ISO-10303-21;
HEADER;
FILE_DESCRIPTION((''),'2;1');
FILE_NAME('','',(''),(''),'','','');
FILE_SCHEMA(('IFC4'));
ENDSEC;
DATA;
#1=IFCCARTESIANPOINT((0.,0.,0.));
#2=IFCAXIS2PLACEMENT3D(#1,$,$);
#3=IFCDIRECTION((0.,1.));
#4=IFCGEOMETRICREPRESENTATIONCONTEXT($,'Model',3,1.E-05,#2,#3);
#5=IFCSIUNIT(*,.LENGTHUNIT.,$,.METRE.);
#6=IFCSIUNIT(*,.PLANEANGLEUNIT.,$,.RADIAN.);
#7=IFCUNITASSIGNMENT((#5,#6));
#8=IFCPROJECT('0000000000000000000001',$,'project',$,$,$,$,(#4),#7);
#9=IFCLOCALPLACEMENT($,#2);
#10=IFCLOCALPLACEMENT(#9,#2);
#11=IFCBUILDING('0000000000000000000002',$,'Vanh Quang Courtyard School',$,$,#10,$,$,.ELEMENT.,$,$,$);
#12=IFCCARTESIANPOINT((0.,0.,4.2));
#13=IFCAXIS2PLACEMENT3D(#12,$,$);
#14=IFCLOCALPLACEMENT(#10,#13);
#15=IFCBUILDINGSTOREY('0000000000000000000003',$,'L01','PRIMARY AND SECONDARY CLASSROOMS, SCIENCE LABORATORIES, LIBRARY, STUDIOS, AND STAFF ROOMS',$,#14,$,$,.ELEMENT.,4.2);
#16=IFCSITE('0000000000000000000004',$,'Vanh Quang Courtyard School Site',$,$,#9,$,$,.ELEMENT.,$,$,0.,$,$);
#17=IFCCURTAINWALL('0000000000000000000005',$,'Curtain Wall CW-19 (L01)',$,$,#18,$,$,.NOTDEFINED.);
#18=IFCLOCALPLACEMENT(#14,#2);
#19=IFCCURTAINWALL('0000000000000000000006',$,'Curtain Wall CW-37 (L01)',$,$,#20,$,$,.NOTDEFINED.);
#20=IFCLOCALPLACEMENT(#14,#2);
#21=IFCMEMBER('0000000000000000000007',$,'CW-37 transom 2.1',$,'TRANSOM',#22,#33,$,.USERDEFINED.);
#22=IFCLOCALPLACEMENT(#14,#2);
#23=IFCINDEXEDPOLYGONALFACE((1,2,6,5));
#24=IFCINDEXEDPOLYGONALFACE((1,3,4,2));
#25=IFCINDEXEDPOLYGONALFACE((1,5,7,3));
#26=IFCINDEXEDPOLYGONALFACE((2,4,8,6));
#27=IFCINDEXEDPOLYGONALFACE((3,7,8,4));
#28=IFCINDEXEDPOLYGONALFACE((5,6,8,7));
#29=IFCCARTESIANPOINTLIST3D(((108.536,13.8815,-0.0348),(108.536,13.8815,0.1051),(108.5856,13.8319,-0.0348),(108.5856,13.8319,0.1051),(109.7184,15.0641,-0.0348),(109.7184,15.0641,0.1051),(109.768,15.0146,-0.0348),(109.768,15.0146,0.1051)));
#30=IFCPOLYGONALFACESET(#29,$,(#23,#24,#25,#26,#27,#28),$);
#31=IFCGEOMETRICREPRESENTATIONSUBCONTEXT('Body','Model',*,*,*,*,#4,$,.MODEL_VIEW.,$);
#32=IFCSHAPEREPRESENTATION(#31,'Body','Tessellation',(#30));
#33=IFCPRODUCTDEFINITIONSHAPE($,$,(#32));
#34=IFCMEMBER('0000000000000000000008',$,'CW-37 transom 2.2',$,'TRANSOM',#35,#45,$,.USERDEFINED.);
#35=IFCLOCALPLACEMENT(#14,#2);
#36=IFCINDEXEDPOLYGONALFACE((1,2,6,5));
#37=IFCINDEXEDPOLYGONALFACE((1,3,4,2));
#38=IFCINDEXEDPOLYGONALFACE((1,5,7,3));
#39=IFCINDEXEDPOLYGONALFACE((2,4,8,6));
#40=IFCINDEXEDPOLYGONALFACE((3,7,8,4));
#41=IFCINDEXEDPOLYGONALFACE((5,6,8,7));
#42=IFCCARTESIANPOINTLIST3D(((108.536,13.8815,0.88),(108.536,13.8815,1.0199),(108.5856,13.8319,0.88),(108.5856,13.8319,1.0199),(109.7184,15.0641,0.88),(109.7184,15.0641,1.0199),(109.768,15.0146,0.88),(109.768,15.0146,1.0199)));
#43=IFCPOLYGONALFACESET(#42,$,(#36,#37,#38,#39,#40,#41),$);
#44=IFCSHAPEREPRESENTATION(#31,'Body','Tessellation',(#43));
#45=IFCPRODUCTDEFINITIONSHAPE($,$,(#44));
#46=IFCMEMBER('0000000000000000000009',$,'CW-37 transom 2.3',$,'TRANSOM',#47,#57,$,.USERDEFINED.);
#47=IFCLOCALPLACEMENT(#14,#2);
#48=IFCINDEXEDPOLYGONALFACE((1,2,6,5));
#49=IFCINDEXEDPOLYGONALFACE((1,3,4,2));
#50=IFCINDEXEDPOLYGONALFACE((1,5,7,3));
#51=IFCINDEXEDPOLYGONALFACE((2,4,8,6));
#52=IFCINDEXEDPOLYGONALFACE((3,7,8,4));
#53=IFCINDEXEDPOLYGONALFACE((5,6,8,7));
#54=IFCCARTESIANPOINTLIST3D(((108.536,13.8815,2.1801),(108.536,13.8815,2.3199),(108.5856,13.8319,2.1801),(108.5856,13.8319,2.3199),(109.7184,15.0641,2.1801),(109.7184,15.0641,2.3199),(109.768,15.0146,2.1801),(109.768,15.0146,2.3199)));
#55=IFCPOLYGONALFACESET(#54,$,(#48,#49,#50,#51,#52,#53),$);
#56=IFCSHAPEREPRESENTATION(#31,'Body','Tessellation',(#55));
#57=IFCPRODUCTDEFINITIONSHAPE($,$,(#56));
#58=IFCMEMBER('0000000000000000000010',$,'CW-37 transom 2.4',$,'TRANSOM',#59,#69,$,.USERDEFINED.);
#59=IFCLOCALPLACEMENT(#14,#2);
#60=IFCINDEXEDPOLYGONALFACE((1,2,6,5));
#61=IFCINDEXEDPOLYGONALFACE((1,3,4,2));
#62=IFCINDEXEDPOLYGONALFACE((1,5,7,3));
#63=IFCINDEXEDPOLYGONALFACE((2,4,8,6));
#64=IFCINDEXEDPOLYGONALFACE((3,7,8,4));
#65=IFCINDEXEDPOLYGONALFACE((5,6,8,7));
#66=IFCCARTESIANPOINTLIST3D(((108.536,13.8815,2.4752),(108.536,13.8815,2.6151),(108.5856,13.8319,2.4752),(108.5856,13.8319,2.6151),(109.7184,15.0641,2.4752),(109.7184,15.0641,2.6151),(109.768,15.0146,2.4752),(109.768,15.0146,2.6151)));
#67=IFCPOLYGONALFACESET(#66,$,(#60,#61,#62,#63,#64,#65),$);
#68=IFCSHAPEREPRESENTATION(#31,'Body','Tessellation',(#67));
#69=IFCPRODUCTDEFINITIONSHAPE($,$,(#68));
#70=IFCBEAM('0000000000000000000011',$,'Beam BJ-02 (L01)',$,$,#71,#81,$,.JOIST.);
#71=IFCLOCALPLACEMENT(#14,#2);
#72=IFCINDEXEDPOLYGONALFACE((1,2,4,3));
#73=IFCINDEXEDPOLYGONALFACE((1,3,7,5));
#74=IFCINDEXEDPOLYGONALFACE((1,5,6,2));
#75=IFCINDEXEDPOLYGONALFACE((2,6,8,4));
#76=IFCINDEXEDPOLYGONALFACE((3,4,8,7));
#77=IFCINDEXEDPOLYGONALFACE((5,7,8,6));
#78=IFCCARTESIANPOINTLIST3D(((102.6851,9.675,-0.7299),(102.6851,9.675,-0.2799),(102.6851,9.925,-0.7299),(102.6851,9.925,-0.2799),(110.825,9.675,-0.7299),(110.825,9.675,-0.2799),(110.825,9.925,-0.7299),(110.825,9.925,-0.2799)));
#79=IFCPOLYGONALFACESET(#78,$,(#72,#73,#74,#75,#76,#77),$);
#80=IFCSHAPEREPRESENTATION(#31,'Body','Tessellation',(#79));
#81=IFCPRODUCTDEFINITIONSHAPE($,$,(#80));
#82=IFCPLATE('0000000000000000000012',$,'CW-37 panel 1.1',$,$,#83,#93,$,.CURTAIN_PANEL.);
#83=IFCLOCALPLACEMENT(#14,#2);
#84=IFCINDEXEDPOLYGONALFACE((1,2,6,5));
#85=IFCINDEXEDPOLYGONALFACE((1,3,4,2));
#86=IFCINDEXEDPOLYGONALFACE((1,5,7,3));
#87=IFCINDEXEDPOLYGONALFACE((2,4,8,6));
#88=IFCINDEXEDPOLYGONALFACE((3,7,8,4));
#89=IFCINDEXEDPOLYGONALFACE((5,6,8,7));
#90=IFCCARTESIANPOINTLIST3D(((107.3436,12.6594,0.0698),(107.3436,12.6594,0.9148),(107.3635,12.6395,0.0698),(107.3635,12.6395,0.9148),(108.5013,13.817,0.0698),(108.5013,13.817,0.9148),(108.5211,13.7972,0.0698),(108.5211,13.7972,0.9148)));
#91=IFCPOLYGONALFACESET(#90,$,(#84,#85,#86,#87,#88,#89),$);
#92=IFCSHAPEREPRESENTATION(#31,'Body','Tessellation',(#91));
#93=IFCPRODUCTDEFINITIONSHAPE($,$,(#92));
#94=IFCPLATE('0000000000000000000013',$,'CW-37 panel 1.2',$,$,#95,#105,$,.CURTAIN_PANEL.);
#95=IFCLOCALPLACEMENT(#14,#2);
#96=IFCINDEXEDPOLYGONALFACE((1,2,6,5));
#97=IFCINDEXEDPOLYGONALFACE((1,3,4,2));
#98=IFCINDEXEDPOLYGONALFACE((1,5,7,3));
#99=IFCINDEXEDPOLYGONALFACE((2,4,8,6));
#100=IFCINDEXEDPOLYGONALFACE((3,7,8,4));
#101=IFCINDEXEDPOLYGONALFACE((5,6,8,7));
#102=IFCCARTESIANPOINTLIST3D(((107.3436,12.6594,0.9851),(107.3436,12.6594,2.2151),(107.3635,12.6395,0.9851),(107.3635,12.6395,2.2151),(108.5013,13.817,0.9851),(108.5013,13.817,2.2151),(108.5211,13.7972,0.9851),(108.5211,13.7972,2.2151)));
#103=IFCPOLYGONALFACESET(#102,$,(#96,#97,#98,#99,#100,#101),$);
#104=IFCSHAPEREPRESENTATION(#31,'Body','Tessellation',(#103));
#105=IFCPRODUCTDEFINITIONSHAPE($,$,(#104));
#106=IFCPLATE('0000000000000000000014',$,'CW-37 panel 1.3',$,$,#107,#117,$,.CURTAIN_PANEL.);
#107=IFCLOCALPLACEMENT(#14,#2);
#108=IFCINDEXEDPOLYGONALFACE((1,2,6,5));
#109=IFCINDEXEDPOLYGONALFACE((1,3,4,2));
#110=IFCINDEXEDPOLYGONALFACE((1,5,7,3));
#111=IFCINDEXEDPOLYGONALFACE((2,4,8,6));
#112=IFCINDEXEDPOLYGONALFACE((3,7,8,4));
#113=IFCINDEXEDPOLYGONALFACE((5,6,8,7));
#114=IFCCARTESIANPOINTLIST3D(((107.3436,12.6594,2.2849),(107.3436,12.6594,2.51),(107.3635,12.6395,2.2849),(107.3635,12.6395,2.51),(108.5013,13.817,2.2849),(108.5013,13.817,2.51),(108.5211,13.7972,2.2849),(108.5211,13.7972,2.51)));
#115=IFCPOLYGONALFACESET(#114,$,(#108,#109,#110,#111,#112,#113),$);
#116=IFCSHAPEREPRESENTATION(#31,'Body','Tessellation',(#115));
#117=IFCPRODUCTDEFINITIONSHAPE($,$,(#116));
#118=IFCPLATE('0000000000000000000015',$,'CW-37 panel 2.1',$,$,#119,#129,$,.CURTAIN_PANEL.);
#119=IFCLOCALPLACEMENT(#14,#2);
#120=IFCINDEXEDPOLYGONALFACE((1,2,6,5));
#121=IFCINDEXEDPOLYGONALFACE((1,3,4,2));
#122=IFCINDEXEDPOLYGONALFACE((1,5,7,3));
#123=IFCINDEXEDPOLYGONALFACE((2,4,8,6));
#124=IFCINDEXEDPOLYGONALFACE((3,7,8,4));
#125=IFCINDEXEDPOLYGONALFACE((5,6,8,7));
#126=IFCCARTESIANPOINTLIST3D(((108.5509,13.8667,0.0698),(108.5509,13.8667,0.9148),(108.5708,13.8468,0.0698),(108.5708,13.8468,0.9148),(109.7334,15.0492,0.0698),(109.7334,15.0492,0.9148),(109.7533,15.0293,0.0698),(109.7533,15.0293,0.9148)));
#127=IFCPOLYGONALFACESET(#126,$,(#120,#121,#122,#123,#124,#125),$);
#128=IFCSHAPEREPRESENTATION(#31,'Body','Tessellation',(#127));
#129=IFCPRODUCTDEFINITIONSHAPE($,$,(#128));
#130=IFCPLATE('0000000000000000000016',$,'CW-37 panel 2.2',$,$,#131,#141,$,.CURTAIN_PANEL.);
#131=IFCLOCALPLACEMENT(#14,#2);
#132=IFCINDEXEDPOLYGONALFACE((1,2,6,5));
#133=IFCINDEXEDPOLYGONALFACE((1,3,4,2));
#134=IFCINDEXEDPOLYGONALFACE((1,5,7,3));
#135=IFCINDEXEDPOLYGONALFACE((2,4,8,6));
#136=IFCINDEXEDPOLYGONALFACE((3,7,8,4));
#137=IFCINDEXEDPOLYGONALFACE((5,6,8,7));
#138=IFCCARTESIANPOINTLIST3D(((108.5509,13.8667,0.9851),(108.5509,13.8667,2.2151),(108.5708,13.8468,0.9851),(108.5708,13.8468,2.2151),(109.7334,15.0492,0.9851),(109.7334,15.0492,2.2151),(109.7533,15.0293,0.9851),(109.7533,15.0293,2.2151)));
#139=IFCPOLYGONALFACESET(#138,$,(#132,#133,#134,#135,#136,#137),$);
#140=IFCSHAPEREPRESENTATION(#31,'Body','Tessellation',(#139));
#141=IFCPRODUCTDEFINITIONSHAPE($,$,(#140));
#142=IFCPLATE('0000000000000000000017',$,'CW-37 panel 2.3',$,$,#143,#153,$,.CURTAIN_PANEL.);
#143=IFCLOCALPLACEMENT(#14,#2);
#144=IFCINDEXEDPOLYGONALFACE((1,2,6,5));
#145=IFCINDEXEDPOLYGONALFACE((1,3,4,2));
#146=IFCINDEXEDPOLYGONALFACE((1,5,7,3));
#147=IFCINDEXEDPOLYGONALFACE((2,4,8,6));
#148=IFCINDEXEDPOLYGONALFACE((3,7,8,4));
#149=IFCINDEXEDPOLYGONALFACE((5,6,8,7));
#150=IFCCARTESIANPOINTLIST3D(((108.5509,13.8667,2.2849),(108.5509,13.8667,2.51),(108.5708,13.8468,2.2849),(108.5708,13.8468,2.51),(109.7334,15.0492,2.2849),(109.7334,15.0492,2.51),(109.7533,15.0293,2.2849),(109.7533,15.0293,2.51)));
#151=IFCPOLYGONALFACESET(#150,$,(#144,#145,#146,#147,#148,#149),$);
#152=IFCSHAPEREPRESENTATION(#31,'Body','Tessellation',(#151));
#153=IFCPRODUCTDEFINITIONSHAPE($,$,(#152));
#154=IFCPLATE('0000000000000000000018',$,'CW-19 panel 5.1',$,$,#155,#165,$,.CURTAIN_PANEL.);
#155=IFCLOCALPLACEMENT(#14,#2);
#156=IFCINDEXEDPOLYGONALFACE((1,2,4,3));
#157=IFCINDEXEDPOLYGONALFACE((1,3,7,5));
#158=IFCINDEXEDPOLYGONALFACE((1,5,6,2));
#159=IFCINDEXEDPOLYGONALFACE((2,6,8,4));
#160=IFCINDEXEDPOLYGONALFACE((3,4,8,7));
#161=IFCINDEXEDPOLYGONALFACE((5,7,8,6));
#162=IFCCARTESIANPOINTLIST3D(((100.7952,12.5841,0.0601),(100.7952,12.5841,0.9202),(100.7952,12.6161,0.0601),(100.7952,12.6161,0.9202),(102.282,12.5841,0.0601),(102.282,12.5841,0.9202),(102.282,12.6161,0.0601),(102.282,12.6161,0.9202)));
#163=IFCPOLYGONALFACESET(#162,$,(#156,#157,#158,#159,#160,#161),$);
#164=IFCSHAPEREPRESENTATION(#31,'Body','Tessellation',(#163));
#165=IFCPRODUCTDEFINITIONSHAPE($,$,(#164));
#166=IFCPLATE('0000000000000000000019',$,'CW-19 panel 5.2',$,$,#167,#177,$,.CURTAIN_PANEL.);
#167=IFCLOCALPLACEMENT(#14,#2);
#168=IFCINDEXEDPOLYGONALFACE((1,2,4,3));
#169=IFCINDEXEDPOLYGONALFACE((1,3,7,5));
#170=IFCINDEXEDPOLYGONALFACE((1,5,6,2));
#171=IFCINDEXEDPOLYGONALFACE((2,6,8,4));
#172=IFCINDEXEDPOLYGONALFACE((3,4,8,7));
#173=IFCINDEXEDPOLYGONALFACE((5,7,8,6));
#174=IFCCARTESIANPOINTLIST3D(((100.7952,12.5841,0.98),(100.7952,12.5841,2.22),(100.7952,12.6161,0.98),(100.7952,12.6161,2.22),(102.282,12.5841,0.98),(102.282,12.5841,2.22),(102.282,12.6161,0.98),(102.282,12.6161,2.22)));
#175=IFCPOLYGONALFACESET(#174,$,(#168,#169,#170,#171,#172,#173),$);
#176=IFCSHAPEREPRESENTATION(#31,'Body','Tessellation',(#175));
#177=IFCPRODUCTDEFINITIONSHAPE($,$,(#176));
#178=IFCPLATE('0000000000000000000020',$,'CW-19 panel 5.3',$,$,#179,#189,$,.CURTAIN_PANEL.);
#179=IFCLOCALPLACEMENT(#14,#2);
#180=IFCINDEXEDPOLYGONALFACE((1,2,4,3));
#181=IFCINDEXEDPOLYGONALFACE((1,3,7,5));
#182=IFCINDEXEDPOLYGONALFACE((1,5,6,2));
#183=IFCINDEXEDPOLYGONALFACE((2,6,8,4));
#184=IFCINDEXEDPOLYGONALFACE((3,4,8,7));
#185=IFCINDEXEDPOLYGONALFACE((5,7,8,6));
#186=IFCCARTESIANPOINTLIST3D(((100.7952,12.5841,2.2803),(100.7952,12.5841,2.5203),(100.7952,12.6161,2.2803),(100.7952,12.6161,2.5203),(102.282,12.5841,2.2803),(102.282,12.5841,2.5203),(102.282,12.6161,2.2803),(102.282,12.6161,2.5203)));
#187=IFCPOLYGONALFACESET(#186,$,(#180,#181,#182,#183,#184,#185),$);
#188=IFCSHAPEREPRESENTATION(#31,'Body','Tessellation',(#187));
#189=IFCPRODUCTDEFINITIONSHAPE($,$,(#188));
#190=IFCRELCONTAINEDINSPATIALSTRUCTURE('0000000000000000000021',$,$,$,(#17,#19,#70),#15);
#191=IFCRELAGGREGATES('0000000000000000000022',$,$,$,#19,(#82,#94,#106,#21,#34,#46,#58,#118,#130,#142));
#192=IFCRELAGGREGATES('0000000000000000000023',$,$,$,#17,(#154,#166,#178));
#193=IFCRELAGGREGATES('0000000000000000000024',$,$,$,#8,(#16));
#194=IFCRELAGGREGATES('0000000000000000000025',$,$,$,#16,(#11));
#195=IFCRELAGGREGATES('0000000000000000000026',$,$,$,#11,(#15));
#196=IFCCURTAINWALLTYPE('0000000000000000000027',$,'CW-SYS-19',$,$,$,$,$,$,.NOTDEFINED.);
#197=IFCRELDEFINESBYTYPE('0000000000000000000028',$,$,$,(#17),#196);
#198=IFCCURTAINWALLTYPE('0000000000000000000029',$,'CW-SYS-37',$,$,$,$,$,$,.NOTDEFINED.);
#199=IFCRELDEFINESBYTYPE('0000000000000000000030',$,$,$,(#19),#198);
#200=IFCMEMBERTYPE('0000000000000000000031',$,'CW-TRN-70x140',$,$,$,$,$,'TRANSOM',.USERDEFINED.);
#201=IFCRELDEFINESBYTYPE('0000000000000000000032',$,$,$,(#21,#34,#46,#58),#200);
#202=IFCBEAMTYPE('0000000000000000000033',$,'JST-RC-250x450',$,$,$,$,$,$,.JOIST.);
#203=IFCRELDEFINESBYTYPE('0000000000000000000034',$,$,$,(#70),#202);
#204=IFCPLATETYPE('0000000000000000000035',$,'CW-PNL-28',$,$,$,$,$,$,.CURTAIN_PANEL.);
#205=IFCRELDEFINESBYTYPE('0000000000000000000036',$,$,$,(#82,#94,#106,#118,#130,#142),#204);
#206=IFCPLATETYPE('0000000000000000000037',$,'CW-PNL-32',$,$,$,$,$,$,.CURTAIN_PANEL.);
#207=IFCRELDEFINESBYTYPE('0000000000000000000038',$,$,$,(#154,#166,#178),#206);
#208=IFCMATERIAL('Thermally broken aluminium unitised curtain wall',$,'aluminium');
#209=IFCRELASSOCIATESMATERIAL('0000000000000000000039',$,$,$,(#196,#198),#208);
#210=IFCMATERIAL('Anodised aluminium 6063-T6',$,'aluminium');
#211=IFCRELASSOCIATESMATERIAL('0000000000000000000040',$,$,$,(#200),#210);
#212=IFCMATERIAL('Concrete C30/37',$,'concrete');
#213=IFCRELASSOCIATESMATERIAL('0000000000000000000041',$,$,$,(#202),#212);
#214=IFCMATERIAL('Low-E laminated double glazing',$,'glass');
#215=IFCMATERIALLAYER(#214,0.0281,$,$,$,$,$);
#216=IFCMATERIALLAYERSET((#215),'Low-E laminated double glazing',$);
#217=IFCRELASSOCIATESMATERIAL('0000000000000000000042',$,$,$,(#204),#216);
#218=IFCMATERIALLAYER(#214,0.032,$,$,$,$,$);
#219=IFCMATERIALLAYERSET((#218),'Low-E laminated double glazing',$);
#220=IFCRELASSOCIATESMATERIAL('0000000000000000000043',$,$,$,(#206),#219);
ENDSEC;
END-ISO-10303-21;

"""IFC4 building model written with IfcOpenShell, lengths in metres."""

from ifc_helpers import new_model, si_unit, direction, frame, origin, origin_2d, place, context, subcontext, project, spatial, rectangle, extrude, material, layer, layer_set, material_profile, profile_set, type_object, element, aggregate, save


model = new_model("IFC4")

# Units and contexts
model_context = context("Model", 3, precision=1e-05, world=origin(), true_north=direction((0.0, 1.0)))
body_context = subcontext(model_context, "Body", "Model", "MODEL_VIEW")
ifc_project = project(units=[si_unit("LENGTHUNIT", "METRE"), si_unit("PLANEANGLEUNIT", "RADIAN")], contexts=[model_context])

# Site, building, storey
site_placement = place(None, origin())
site = spatial("IfcSite", under=ifc_project, at=site_placement, Name="Vanh Quang Courtyard School Site", CompositionType="ELEMENT", RefElevation=0.0)
building_placement = place(site_placement, origin())
building = spatial("IfcBuilding", under=site, at=building_placement, Name="Vanh Quang Courtyard School", CompositionType="ELEMENT")
storey_placement = place(building_placement, frame((0.0, 0.0, 4.2)))
storey = spatial("IfcBuildingStorey", under=building, at=storey_placement, Name="L01", Description="PRIMARY AND SECONDARY CLASSROOMS, SCIENCE LABORATORIES, LIBRARY, STUDIOS, AND STAFF ROOMS", CompositionType="ELEMENT", Elevation=4.2)

# Curtain wall
ifc_material_1 = material(Name="Thermally broken aluminium unitised curtain wall", Category="aluminium")
curtain_wall_type_1 = type_object("IfcCurtainWallType", Name="CW-SYS-19", PredefinedType="NOTDEFINED", material=ifc_material_1)
curtain_wall_1_placement = place(storey_placement, origin())
curtain_wall_1 = element("IfcCurtainWall", 1, at=curtain_wall_1_placement, inside=storey, type_object=curtain_wall_type_1, Name="Curtain Wall CW-19 (L01)", PredefinedType="NOTDEFINED")
ifc_material_2 = material(Name="Anodised aluminium 6063-T6", Category="aluminium")

# Curtain wall
curtain_wall_type_2 = type_object("IfcCurtainWallType", Name="CW-SYS-37", PredefinedType="NOTDEFINED", material=ifc_material_1)
curtain_wall_2_placement = place(storey_placement, origin())
curtain_wall_2 = element("IfcCurtainWall", 2, at=curtain_wall_2_placement, inside=storey, type_object=curtain_wall_type_2, Name="Curtain Wall CW-37 (L01)", PredefinedType="NOTDEFINED")

# Members
ifc_material_profile_1 = material_profile(ifc_material_2, rectangle(XDim=0.0701, YDim=0.1399, at=origin_2d()), Name="ALU-TRN 70x140")
ifc_profile_set_1 = profile_set([ifc_material_profile_1], Name="Anodised aluminium 6063-T6")
member_type_1 = type_object("IfcMemberType", Name="CW-TRN-70x140", ElementType="TRANSOM", PredefinedType="USERDEFINED", material=ifc_profile_set_1)
member_1_placement = place(storey_placement, frame((108.5608, 13.8567, 0.0352), z_axis=(0.707034, 0.70718, 0.0), x_axis=(-0.70718, 0.707034, 0.0)))
member_1 = element("IfcMember", 3, at=member_1_placement, type_object=member_type_1, Name="CW-37 transom 2.1", ObjectType="TRANSOM", PredefinedType="USERDEFINED", context=body_context, shape_type="SweptSolid", body=[
    extrude(rectangle(XDim=0.0701, YDim=0.1399, at=origin_2d()), origin(), (0.0, 0.0, 1.0), 1.6724),
])
member_2_placement = place(storey_placement, frame((108.5608, 13.8567, 0.95), z_axis=(0.707034, 0.70718, 0.0), x_axis=(-0.70718, 0.707034, 0.0)))
member_2 = element("IfcMember", 4, at=member_2_placement, type_object=member_type_1, Name="CW-37 transom 2.2", ObjectType="TRANSOM", PredefinedType="USERDEFINED", context=body_context, shape_type="SweptSolid", body=[
    extrude(rectangle(XDim=0.0701, YDim=0.1399, at=origin_2d()), origin(), (0.0, 0.0, 1.0), 1.6724),
])
member_3_placement = place(storey_placement, frame((108.5608, 13.8567, 2.25), z_axis=(0.707034, 0.70718, 0.0), x_axis=(-0.70718, 0.707034, 0.0)))
member_3 = element("IfcMember", 5, at=member_3_placement, type_object=member_type_1, Name="CW-37 transom 2.3", ObjectType="TRANSOM", PredefinedType="USERDEFINED", context=body_context, shape_type="SweptSolid", body=[
    extrude(rectangle(XDim=0.0701, YDim=0.1399, at=origin_2d()), origin(), (0.0, 0.0, 1.0), 1.6724),
])
member_4_placement = place(storey_placement, frame((108.5608, 13.8567, 2.5452), z_axis=(0.707034, 0.70718, 0.0), x_axis=(-0.70718, 0.707034, 0.0)))
member_4 = element("IfcMember", 6, at=member_4_placement, type_object=member_type_1, Name="CW-37 transom 2.4", ObjectType="TRANSOM", PredefinedType="USERDEFINED", context=body_context, shape_type="SweptSolid", body=[
    extrude(rectangle(XDim=0.0701, YDim=0.1399, at=origin_2d()), origin(), (0.0, 0.0, 1.0), 1.6724),
])

# Beam
ifc_material_3 = material(Name="Concrete C30/37", Category="concrete")
ifc_material_profile_2 = material_profile(ifc_material_3, rectangle(XDim=0.25, YDim=0.45, at=origin_2d()), Name="RC-JST 250x450")
ifc_profile_set_2 = profile_set([ifc_material_profile_2], Name="Concrete C30/37")
beam_type_1 = type_object("IfcBeamType", Name="JST-RC-250x450", PredefinedType="JOIST", material=ifc_profile_set_2)
beam_1_placement = place(storey_placement, frame((102.6851, 9.8, -0.5049), z_axis=(1.0, 0.0, 0.0), x_axis=(0.0, 1.0, 0.0)))
element("IfcBeam", 7, at=beam_1_placement, inside=storey, type_object=beam_type_1, Name="Beam BJ-02 (L01)", PredefinedType="JOIST", context=body_context, shape_type="SweptSolid", body=[
    extrude(rectangle(XDim=0.25, YDim=0.45, at=origin_2d()), origin(), (0.0, 0.0, 1.0), 8.1399),
])

# Plates
ifc_material_4 = material(Name="Low-E laminated double glazing", Category="glass")
ifc_layer_1 = layer(ifc_material_4, 0.0281)
ifc_layer_set_1 = layer_set([ifc_layer_1], Name="Low-E laminated double glazing")
plate_type_1 = type_object("IfcPlateType", Name="CW-PNL-28", PredefinedType="CURTAIN_PANEL", material=ifc_layer_set_1)
plate_1_placement = place(storey_placement, frame((107.9324, 13.2283, 0.0698), z_axis=(0.0, 0.0, 1.0), x_axis=(0.707107, 0.707107, 0.0)))
plate_1 = element("IfcPlate", 8, at=plate_1_placement, type_object=plate_type_1, Name="CW-37 panel 1.1", PredefinedType="CURTAIN_PANEL", context=body_context, shape_type="SweptSolid", body=[
    extrude(rectangle(XDim=1.6372, YDim=0.0281, at=origin_2d()), origin(), (0.0, 0.0, 1.0), 0.845),
])
plate_2_placement = place(storey_placement, frame((107.9324, 13.2283, 0.9851), z_axis=(0.0, 0.0, 1.0), x_axis=(0.707107, 0.707107, 0.0)))
plate_2 = element("IfcPlate", 9, at=plate_2_placement, type_object=plate_type_1, Name="CW-37 panel 1.2", PredefinedType="CURTAIN_PANEL", context=body_context, shape_type="SweptSolid", body=[
    extrude(rectangle(XDim=1.6372, YDim=0.0281, at=origin_2d()), origin(), (0.0, 0.0, 1.0), 1.23),
])
plate_3_placement = place(storey_placement, frame((107.9324, 13.2283, 2.2849), z_axis=(0.0, 0.0, 1.0), x_axis=(0.707107, 0.707107, 0.0)))
plate_3 = element("IfcPlate", 10, at=plate_3_placement, type_object=plate_type_1, Name="CW-37 panel 1.3", PredefinedType="CURTAIN_PANEL", context=body_context, shape_type="SweptSolid", body=[
    extrude(rectangle(XDim=1.6372, YDim=0.0281, at=origin_2d()), origin(), (0.0, 0.0, 1.0), 0.2251),
])
plate_4_placement = place(storey_placement, frame((109.1521, 14.448, 0.0698), z_axis=(0.0, 0.0, 1.0), x_axis=(0.707107, 0.707107, 0.0)))
plate_4 = element("IfcPlate", 11, at=plate_4_placement, type_object=plate_type_1, Name="CW-37 panel 2.1", PredefinedType="CURTAIN_PANEL", context=body_context, shape_type="SweptSolid", body=[
    extrude(rectangle(XDim=1.6724, YDim=0.0281, at=origin_2d()), origin(), (0.0, 0.0, 1.0), 0.845),
])
plate_5_placement = place(storey_placement, frame((109.1521, 14.448, 0.9851), z_axis=(0.0, 0.0, 1.0), x_axis=(0.707107, 0.707107, 0.0)))
plate_5 = element("IfcPlate", 12, at=plate_5_placement, type_object=plate_type_1, Name="CW-37 panel 2.2", PredefinedType="CURTAIN_PANEL", context=body_context, shape_type="SweptSolid", body=[
    extrude(rectangle(XDim=1.6724, YDim=0.0281, at=origin_2d()), origin(), (0.0, 0.0, 1.0), 1.23),
])
plate_6_placement = place(storey_placement, frame((109.1521, 14.448, 2.2849), z_axis=(0.0, 0.0, 1.0), x_axis=(0.707107, 0.707107, 0.0)))
plate_6 = element("IfcPlate", 13, at=plate_6_placement, type_object=plate_type_1, Name="CW-37 panel 2.3", PredefinedType="CURTAIN_PANEL", context=body_context, shape_type="SweptSolid", body=[
    extrude(rectangle(XDim=1.6724, YDim=0.0281, at=origin_2d()), origin(), (0.0, 0.0, 1.0), 0.2251),
])
aggregate(curtain_wall_2, [plate_1, plate_2, plate_3, member_1, member_2, member_3, member_4, plate_4, plate_5, plate_6])
ifc_layer_2 = layer(ifc_material_4, 0.032)
ifc_layer_set_2 = layer_set([ifc_layer_2], Name="Low-E laminated double glazing")
plate_type_2 = type_object("IfcPlateType", Name="CW-PNL-32", PredefinedType="CURTAIN_PANEL", material=ifc_layer_set_2)
plate_7_placement = place(storey_placement, frame((101.5386, 12.6001, 0.0601), z_axis=(0.0, 0.0, 1.0), x_axis=(1.0, 0.0, 0.0)))
plate_7 = element("IfcPlate", 14, at=plate_7_placement, type_object=plate_type_2, Name="CW-19 panel 5.1", PredefinedType="CURTAIN_PANEL", context=body_context, shape_type="SweptSolid", body=[
    extrude(rectangle(XDim=1.4868, YDim=0.032, at=origin_2d()), origin(), (0.0, 0.0, 1.0), 0.8601),
])
plate_8_placement = place(storey_placement, frame((101.5386, 12.6001, 0.98), z_axis=(0.0, 0.0, 1.0), x_axis=(1.0, 0.0, 0.0)))
plate_8 = element("IfcPlate", 15, at=plate_8_placement, type_object=plate_type_2, Name="CW-19 panel 5.2", PredefinedType="CURTAIN_PANEL", context=body_context, shape_type="SweptSolid", body=[
    extrude(rectangle(XDim=1.4868, YDim=0.032, at=origin_2d()), origin(), (0.0, 0.0, 1.0), 1.24),
])
plate_9_placement = place(storey_placement, frame((101.5386, 12.6001, 2.2803), z_axis=(0.0, 0.0, 1.0), x_axis=(1.0, 0.0, 0.0)))
plate_9 = element("IfcPlate", 16, at=plate_9_placement, type_object=plate_type_2, Name="CW-19 panel 5.3", PredefinedType="CURTAIN_PANEL", context=body_context, shape_type="SweptSolid", body=[
    extrude(rectangle(XDim=1.4868, YDim=0.032, at=origin_2d()), origin(), (0.0, 0.0, 1.0), 0.24),
])
aggregate(curtain_wall_1, [plate_7, plate_8, plate_9])

save(model, "model.ifc")
